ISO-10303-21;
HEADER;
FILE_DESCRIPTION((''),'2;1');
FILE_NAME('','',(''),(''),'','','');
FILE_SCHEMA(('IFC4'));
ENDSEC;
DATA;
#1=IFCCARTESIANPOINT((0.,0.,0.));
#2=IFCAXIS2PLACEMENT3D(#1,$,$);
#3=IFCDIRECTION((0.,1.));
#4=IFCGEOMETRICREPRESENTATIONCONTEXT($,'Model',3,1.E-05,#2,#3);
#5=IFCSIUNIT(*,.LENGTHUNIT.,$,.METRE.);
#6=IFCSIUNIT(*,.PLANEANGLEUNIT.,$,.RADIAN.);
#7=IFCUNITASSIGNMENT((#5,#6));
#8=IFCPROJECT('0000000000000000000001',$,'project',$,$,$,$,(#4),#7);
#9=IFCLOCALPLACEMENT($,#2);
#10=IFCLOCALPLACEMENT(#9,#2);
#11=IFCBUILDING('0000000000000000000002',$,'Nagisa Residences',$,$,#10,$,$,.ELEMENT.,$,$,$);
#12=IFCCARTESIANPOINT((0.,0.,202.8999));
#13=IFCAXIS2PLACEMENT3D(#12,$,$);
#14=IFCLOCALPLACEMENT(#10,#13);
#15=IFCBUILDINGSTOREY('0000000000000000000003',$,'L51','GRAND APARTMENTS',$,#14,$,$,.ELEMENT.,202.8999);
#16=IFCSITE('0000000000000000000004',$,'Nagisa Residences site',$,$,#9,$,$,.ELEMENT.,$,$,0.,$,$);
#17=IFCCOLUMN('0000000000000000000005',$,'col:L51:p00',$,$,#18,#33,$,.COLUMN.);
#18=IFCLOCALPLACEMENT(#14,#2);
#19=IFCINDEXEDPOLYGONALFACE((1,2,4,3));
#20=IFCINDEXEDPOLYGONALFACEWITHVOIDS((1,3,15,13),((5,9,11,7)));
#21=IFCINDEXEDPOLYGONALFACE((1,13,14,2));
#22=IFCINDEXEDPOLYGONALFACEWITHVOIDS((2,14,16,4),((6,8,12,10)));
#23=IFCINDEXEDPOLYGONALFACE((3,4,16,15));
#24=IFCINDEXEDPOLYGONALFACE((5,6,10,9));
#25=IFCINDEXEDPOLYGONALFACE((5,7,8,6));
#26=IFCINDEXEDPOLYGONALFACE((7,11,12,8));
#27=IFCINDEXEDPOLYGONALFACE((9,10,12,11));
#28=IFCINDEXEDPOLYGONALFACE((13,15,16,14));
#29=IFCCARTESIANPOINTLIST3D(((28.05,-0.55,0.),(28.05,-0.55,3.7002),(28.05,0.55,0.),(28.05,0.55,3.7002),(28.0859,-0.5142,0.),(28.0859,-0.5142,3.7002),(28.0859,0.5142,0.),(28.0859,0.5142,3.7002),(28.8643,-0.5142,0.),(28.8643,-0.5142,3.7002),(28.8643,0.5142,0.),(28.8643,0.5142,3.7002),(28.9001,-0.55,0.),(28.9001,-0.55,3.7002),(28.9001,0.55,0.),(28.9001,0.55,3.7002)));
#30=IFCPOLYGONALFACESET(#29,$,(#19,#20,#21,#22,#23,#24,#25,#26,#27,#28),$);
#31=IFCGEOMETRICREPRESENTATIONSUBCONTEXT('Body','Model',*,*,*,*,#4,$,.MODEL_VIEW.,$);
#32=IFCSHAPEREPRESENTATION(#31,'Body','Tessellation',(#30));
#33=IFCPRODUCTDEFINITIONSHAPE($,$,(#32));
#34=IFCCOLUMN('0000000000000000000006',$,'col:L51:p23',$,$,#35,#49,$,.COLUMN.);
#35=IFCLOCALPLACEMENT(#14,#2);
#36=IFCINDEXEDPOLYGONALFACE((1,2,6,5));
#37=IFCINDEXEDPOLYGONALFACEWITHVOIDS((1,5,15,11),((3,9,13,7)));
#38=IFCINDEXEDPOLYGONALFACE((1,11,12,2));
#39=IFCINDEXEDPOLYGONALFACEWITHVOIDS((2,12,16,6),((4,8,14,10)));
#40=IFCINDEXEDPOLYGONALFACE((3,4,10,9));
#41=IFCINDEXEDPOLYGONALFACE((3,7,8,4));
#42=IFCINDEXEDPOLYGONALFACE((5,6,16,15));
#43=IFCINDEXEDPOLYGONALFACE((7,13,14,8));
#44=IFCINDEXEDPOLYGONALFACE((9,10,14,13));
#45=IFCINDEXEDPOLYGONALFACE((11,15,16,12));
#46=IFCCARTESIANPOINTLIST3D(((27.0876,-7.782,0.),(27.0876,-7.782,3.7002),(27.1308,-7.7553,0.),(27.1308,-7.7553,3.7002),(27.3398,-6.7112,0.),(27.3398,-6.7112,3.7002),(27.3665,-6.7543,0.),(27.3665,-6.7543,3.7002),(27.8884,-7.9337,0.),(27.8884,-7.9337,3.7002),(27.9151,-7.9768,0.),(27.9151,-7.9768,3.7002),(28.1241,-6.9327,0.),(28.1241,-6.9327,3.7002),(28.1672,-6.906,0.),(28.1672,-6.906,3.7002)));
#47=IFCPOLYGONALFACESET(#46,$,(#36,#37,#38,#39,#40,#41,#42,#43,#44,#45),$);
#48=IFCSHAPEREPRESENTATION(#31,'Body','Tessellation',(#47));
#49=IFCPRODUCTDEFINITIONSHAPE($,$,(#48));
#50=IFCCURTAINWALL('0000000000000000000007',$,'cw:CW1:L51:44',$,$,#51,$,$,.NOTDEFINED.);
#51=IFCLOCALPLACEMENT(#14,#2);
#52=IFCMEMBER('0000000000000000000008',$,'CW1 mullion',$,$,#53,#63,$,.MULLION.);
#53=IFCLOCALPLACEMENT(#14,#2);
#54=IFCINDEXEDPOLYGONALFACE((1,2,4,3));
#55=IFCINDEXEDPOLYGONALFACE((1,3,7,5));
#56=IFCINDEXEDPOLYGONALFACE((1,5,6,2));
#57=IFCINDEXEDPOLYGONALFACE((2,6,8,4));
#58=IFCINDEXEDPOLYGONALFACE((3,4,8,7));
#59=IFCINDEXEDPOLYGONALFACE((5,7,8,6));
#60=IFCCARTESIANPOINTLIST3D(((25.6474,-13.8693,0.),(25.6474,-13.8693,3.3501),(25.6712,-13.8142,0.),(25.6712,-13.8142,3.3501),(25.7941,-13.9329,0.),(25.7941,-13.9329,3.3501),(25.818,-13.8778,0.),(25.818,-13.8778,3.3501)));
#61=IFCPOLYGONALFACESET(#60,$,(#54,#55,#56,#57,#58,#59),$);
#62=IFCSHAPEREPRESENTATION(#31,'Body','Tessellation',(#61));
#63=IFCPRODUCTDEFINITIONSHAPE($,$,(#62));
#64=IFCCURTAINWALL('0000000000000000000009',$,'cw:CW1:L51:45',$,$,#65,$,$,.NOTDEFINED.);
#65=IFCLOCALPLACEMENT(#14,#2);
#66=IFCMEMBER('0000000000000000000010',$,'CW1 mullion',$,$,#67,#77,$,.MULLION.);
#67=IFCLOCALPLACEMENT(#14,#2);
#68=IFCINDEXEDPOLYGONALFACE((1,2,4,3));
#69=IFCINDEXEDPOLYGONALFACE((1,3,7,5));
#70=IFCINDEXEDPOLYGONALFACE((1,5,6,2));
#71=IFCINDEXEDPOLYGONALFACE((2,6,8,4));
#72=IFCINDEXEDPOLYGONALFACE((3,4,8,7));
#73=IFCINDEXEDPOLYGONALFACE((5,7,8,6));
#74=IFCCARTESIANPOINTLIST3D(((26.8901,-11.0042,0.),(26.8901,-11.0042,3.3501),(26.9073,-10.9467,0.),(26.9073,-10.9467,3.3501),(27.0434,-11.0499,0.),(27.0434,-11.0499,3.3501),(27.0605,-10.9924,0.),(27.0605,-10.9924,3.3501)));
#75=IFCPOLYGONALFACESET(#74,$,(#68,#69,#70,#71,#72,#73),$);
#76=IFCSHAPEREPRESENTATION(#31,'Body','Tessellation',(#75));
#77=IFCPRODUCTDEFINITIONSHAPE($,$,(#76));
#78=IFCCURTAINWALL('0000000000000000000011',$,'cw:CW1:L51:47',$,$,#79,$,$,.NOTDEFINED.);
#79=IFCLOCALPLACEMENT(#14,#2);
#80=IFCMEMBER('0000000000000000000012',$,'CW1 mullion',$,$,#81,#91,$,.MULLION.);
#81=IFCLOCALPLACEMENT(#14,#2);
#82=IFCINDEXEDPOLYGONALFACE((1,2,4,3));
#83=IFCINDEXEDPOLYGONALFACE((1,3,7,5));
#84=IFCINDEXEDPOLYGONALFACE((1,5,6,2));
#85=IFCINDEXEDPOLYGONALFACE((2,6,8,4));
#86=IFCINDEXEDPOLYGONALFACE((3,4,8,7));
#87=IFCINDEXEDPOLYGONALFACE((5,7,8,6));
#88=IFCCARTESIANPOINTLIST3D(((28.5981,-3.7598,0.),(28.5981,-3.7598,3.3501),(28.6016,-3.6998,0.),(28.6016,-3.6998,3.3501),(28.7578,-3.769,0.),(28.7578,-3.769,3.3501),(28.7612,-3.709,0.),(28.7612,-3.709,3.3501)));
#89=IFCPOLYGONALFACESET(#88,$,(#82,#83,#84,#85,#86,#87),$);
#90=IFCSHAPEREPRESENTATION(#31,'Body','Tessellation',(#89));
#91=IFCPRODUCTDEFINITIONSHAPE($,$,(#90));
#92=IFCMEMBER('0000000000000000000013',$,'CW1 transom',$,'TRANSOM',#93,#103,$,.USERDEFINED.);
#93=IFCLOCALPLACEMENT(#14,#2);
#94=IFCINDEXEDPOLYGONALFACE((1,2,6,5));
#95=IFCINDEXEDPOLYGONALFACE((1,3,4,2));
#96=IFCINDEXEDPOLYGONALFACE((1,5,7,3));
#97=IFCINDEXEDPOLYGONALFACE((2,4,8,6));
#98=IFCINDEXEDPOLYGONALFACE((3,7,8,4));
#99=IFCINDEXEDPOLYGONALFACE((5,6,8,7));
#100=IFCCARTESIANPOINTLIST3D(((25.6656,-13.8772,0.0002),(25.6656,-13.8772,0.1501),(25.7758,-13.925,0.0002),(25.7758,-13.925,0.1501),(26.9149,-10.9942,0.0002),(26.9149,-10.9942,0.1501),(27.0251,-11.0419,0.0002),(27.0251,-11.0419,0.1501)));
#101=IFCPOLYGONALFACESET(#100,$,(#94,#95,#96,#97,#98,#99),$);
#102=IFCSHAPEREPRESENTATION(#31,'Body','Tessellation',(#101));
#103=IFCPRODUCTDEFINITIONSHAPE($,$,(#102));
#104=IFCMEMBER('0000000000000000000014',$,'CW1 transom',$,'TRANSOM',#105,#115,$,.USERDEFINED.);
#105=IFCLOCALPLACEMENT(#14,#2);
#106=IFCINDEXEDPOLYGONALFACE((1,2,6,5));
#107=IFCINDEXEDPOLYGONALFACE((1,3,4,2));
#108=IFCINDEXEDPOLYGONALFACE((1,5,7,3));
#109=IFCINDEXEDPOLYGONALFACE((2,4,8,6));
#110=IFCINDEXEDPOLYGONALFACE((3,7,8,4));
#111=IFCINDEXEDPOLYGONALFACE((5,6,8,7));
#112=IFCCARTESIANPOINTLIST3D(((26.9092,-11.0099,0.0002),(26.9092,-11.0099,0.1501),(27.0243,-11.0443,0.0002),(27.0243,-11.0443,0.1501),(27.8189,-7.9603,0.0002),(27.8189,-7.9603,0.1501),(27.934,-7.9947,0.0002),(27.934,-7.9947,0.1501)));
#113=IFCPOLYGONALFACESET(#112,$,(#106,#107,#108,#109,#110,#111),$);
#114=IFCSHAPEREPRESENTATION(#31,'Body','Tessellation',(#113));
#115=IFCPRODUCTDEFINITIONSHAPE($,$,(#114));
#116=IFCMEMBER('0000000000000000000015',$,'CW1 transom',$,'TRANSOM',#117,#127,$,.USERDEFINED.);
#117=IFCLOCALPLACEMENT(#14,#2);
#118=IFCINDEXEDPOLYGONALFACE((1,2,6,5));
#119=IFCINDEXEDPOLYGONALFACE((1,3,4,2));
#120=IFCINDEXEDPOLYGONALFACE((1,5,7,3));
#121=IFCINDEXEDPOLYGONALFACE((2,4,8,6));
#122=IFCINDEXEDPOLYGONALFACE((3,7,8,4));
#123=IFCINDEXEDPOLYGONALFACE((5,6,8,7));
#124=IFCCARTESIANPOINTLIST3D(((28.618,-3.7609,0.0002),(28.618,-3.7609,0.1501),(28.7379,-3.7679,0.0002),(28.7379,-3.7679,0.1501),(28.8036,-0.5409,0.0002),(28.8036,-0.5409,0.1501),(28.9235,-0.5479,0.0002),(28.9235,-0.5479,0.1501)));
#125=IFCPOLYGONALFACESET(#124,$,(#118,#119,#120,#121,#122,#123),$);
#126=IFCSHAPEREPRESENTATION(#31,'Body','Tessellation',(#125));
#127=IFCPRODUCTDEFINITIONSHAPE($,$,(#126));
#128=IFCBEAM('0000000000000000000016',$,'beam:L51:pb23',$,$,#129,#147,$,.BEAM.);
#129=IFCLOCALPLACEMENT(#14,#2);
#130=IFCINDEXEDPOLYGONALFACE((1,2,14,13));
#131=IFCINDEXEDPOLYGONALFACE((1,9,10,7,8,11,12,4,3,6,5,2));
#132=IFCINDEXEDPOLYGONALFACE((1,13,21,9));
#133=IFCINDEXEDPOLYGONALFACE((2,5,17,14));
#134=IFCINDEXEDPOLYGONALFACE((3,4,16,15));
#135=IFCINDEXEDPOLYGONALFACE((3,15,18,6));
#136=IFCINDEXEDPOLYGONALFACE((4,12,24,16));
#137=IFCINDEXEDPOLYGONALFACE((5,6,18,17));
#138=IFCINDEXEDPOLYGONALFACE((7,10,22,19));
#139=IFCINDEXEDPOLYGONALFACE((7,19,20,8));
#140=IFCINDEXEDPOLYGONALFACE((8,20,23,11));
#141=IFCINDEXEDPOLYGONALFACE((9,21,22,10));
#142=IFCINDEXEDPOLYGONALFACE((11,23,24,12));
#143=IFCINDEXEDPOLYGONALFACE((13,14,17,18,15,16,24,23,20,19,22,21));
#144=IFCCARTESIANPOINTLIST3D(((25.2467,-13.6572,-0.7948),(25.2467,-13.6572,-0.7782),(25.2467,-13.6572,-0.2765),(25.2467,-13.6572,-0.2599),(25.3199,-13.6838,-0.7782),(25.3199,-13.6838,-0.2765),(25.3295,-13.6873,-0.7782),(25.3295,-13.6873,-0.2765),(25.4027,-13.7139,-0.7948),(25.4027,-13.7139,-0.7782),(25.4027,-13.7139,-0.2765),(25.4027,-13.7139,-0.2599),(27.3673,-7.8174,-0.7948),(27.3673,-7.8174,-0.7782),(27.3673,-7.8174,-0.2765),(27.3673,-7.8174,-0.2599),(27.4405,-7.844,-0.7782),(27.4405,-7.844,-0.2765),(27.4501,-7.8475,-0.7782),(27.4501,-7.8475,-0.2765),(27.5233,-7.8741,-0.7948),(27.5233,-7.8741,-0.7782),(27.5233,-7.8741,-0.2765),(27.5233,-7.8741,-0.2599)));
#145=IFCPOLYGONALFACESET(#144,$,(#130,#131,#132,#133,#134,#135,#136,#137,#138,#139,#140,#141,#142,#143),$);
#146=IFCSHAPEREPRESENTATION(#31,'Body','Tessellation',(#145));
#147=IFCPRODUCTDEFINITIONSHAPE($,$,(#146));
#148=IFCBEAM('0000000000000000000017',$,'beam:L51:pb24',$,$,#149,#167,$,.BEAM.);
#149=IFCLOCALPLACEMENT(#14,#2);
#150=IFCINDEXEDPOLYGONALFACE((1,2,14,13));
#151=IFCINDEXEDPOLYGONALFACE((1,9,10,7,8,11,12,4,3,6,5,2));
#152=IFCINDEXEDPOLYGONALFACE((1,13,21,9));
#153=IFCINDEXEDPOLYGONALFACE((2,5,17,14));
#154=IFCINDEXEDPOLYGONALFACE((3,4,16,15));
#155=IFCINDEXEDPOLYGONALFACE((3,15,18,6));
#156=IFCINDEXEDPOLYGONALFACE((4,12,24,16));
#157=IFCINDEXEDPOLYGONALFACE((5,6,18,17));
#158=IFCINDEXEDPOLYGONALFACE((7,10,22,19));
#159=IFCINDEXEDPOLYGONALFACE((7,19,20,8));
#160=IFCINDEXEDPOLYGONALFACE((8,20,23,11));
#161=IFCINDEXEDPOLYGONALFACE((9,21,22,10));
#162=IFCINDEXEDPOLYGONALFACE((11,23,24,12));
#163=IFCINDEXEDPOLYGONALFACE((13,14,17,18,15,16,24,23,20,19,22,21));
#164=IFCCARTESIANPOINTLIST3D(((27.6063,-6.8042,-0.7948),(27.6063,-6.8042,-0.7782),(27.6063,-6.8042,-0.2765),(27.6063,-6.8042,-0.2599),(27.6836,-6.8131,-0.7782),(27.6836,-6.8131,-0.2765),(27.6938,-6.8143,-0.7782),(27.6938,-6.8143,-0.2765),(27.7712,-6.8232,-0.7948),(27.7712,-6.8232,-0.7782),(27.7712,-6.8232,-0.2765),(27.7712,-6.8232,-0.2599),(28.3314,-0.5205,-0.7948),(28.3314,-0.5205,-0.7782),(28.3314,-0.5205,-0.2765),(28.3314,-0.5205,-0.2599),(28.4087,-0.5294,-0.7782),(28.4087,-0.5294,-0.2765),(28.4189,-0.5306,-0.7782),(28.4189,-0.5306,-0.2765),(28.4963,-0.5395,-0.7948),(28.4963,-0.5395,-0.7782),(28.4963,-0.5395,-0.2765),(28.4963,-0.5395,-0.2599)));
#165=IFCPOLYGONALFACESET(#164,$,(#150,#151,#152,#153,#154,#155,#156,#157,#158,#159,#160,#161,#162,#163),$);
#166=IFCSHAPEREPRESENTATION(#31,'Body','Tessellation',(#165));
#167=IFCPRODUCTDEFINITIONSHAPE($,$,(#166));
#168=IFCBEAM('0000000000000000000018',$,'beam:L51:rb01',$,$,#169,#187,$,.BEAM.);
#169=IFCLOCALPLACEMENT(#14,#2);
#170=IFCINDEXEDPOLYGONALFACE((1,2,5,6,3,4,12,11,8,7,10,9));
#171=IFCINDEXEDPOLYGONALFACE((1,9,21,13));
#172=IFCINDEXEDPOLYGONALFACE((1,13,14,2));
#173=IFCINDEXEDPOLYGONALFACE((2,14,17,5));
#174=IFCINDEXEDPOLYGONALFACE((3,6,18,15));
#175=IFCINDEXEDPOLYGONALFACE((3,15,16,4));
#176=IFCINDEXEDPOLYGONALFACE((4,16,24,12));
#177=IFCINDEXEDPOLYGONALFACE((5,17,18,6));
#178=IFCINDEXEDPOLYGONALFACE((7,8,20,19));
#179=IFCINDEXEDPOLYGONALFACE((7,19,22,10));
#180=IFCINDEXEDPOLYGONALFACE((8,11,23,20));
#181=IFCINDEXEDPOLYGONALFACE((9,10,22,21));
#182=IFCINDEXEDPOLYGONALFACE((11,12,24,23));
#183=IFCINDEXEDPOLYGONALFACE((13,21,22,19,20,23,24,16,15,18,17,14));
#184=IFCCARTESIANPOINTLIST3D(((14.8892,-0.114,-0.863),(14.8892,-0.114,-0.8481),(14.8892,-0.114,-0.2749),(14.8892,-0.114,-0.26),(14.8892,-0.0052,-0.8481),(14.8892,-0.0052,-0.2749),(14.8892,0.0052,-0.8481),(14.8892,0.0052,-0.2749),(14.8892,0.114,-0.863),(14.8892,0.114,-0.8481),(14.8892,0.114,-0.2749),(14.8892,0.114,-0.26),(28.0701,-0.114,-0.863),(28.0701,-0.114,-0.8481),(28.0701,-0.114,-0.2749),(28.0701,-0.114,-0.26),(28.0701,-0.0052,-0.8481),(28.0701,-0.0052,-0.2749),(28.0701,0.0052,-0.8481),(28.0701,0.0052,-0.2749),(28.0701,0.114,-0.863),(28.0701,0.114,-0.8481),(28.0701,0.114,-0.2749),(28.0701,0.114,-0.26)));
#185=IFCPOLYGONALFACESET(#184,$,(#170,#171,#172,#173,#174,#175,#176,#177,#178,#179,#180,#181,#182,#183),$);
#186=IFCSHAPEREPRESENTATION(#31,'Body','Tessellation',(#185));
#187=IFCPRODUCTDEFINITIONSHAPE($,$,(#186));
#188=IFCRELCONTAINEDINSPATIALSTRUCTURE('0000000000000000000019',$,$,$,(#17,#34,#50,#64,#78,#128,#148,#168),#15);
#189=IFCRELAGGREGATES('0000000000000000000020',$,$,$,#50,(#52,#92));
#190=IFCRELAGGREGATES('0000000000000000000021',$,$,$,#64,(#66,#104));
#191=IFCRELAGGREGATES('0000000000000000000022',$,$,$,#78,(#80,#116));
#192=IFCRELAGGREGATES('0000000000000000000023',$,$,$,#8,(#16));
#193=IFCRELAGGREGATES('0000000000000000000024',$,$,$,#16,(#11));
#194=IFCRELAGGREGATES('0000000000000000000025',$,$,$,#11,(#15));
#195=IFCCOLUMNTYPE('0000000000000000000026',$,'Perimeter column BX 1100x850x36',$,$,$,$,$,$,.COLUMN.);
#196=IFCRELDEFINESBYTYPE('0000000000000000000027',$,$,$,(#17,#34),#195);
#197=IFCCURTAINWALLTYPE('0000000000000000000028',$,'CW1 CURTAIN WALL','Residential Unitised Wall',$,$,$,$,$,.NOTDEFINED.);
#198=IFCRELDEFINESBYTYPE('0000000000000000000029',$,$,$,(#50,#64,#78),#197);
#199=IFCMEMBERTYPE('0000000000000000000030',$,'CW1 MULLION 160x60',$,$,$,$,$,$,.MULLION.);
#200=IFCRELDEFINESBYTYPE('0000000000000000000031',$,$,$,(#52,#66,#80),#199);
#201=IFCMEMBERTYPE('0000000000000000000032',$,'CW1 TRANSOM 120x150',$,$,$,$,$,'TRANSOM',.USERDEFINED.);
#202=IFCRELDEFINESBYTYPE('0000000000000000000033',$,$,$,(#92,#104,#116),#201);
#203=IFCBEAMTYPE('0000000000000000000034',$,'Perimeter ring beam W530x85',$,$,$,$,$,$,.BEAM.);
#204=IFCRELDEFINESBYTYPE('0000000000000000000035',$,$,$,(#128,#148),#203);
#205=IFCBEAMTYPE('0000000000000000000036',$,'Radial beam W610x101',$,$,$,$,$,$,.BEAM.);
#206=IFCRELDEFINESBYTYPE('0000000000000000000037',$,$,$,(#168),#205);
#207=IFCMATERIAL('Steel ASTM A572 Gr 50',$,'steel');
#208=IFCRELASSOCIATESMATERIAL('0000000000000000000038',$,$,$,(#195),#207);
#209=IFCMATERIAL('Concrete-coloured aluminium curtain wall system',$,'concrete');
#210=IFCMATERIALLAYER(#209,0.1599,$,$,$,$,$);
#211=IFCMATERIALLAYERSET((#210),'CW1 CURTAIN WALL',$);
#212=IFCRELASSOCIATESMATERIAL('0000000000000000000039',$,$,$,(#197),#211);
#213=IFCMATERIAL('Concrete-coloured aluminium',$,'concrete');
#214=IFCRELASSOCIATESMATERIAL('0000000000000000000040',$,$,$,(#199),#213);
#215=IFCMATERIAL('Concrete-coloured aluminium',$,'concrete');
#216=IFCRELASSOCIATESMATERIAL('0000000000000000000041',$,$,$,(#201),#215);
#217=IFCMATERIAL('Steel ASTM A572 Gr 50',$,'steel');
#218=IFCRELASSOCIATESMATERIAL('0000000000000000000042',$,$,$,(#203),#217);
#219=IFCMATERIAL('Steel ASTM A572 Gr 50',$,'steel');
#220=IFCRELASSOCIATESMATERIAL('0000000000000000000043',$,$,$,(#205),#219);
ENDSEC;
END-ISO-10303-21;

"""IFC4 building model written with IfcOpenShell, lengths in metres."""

from ifc_helpers import new_model, si_unit, direction, frame, origin, origin_2d, place, context, subcontext, project, spatial, rectangle, hollow_rectangle, i_section, extrude, material, layer, layer_set, material_profile, profile_set, type_object, element, aggregate, save


model = new_model("IFC4")

# Units and contexts
model_context = context("Model", 3, precision=1e-05, world=origin(), true_north=direction((0.0, 1.0)))
body_context = subcontext(model_context, "Body", "Model", "MODEL_VIEW")
ifc_project = project(units=[si_unit("LENGTHUNIT", "METRE"), si_unit("PLANEANGLEUNIT", "RADIAN")], contexts=[model_context])

# Site, building, storey
site_placement = place(None, origin())
site = spatial("IfcSite", under=ifc_project, at=site_placement, Name="Nagisa Residences site", CompositionType="ELEMENT", RefElevation=0.0)
building_placement = place(site_placement, origin())
building = spatial("IfcBuilding", under=site, at=building_placement, Name="Nagisa Residences", CompositionType="ELEMENT")
storey_placement = place(building_placement, frame((0.0, 0.0, 202.8999)))
storey = spatial("IfcBuildingStorey", under=building, at=storey_placement, Name="L51", Description="GRAND APARTMENTS", CompositionType="ELEMENT", Elevation=202.8999)

# Columns
ifc_material_1 = material(Name="Steel ASTM A572 Gr 50", Category="steel")
ifc_material_profile_1 = material_profile(ifc_material_1, hollow_rectangle(XDim=1.1001, YDim=0.8501, WallThickness=0.0359, at=origin_2d()), Name="BX 1100x850x36")
ifc_profile_set_1 = profile_set([ifc_material_profile_1], Name="Steel ASTM A572 Gr 50")
column_type = type_object("IfcColumnType", Name="Perimeter column BX 1100x850x36", PredefinedType="COLUMN", material=ifc_profile_set_1)
for number, where, z_axis, x_axis, name in (
    (1, (28.4751, 0.0, 0.0), (0.0, 0.0, 1.0), (0.0, 1.0, 0.0), "col:L51:p00"),
    (2, (27.6274, -7.344, 0.0), (0.0, 0.0, 1.0), (0.229202, 0.973379, 0.0), "col:L51:p23"),
):
    element("IfcColumn", number, at=place(storey_placement, frame(where, z_axis=z_axis, x_axis=x_axis)), inside=storey, type_object=column_type, Name=name, PredefinedType="COLUMN", context=body_context, shape_type="SweptSolid", body=[
        extrude(hollow_rectangle(XDim=1.1001, YDim=0.8501, WallThickness=0.0359, at=origin_2d()), origin(), (0.0, 0.0, 1.0), 3.7002),
    ])

# Curtain walls, members
ifc_material_2 = material(Name="Concrete-coloured aluminium curtain wall system", Category="concrete")
ifc_layer_1 = layer(ifc_material_2, 0.1599)
ifc_layer_set_1 = layer_set([ifc_layer_1], Name="CW1 CURTAIN WALL")
curtain_wall_type = type_object("IfcCurtainWallType", Name="CW1 CURTAIN WALL", Description="Residential Unitised Wall", PredefinedType="NOTDEFINED", material=ifc_layer_set_1)
curtain_wall_1_placement = place(storey_placement, origin())
curtain_wall_1 = element("IfcCurtainWall", 3, at=curtain_wall_1_placement, inside=storey, type_object=curtain_wall_type, Name="cw:CW1:L51:44", PredefinedType="NOTDEFINED")
ifc_material_3 = material(Name="Concrete-coloured aluminium", Category="concrete")
ifc_material_profile_2 = material_profile(ifc_material_3, rectangle(XDim=0.1599, YDim=0.0601, at=origin_2d()), Name="CW1 MULLION 160x60")
ifc_profile_set_2 = profile_set([ifc_material_profile_2], Name="Concrete-coloured aluminium")
member_type_1 = type_object("IfcMemberType", Name="CW1 MULLION 160x60", PredefinedType="MULLION", material=ifc_profile_set_2)
member_1_placement = place(storey_placement, frame((25.7327, -13.8735, 0.0), z_axis=(0.0, 0.0, 1.0), x_axis=(-0.917543, 0.397636, 0.0)))
member_1 = element("IfcMember", 4, at=member_1_placement, type_object=member_type_1, Name="CW1 mullion", PredefinedType="MULLION", context=body_context, shape_type="SweptSolid", body=[
    extrude(rectangle(XDim=0.1599, YDim=0.0601, at=origin_2d()), origin(), (0.0, 0.0, 1.0), 3.3501),
])
curtain_wall_2_placement = place(storey_placement, origin())
curtain_wall_2 = element("IfcCurtainWall", 5, at=curtain_wall_2_placement, inside=storey, type_object=curtain_wall_type, Name="cw:CW1:L51:45", PredefinedType="NOTDEFINED")
member_2_placement = place(storey_placement, frame((26.9753, -10.9983, 0.0), z_axis=(0.0, 0.0, 1.0), x_axis=(-0.958271, 0.28586, 0.0)))
member_2 = element("IfcMember", 6, at=member_2_placement, type_object=member_type_1, Name="CW1 mullion", PredefinedType="MULLION", context=body_context, shape_type="SweptSolid", body=[
    extrude(rectangle(XDim=0.1599, YDim=0.0601, at=origin_2d()), origin(), (0.0, 0.0, 1.0), 3.3501),
])
curtain_wall_3_placement = place(storey_placement, origin())
curtain_wall_3 = element("IfcCurtainWall", 7, at=curtain_wall_3_placement, inside=storey, type_object=curtain_wall_type, Name="cw:CW1:L51:47", PredefinedType="NOTDEFINED")
member_3_placement = place(storey_placement, frame((28.6797, -3.7344, 0.0), z_axis=(0.0, 0.0, 1.0), x_axis=(-0.998345, 0.057503, 0.0)))
member_3 = element("IfcMember", 8, at=member_3_placement, type_object=member_type_1, Name="CW1 mullion", PredefinedType="MULLION", context=body_context, shape_type="SweptSolid", body=[
    extrude(rectangle(XDim=0.1599, YDim=0.0601, at=origin_2d()), origin(), (0.0, 0.0, 1.0), 3.3501),
])

# Members
ifc_material_4 = material(Name="Concrete-coloured aluminium", Category="concrete")
ifc_material_profile_3 = material_profile(ifc_material_4, rectangle(XDim=0.1201, YDim=0.1499, at=origin_2d()), Name="CW1 TRANSOM 120x150")
ifc_profile_set_3 = profile_set([ifc_material_profile_3], Name="Concrete-coloured aluminium")
member_type_2 = type_object("IfcMemberType", Name="CW1 TRANSOM 120x150", ElementType="TRANSOM", PredefinedType="USERDEFINED", material=ifc_profile_set_3)
member_4_placement = place(storey_placement, frame((25.7207, -13.9011, 0.0752), z_axis=(0.397592, 0.917562, 0.0), x_axis=(-0.917562, 0.397592, 0.0)))
member_4 = element("IfcMember", 9, at=member_4_placement, type_object=member_type_2, Name="CW1 transom", ObjectType="TRANSOM", PredefinedType="USERDEFINED", context=body_context, shape_type="SweptSolid", body=[
    extrude(rectangle(XDim=0.1201, YDim=0.1499, at=origin_2d()), origin(), (0.0, 0.0, 1.0), 3.1421),
])
member_5_placement = place(storey_placement, frame((26.9668, -11.0271, 0.0752), z_axis=(0.285848, 0.958275, 0.0), x_axis=(-0.958275, 0.285848, 0.0)))
member_5 = element("IfcMember", 10, at=member_5_placement, type_object=member_type_2, Name="CW1 transom", ObjectType="TRANSOM", PredefinedType="USERDEFINED", context=body_context, shape_type="SweptSolid", body=[
    extrude(rectangle(XDim=0.1201, YDim=0.1499, at=origin_2d()), origin(), (0.0, 0.0, 1.0), 3.1824),
])
member_6_placement = place(storey_placement, frame((28.678, -3.7644, 0.0752), z_axis=(0.057528, 0.998344, 0.0), x_axis=(-0.998344, 0.057528, 0.0)))
member_6 = element("IfcMember", 11, at=member_6_placement, type_object=member_type_2, Name="CW1 transom", ObjectType="TRANSOM", PredefinedType="USERDEFINED", context=body_context, shape_type="SweptSolid", body=[
    extrude(rectangle(XDim=0.1201, YDim=0.1499, at=origin_2d()), origin(), (0.0, 0.0, 1.0), 3.2253),
])

# Beams
ifc_material_5 = material(Name="Steel ASTM A572 Gr 50", Category="steel")
ifc_material_profile_4 = material_profile(ifc_material_5, i_section(OverallWidth=0.166, OverallDepth=0.5349, WebThickness=0.0103, FlangeThickness=0.0166, at=origin_2d()), Name="W530x85")
ifc_profile_set_4 = profile_set([ifc_material_profile_4], Name="Steel ASTM A572 Gr 50")
beam_type_1 = type_object("IfcBeamType", Name="Perimeter ring beam W530x85", PredefinedType="BEAM", material=ifc_profile_set_4)
beam_1_placement = place(storey_placement, frame((25.3247, -13.6855, -0.5273), z_axis=(0.34132, 0.939947, 0.0), x_axis=(-0.939947, 0.34132, 0.0)))
element("IfcBeam", 12, at=beam_1_placement, inside=storey, type_object=beam_type_1, Name="beam:L51:pb23", PredefinedType="BEAM", context=body_context, shape_type="SweptSolid", body=[
    extrude(i_section(OverallWidth=0.166, OverallDepth=0.5349, WebThickness=0.0103, FlangeThickness=0.0166, at=origin_2d()), origin(), (0.0, 0.0, 1.0), 6.2129),
])
beam_2_placement = place(storey_placement, frame((27.6887, -6.8137, -0.5273), z_axis=(0.114633, 0.993408, 0.0), x_axis=(-0.993408, 0.114633, 0.0)))
element("IfcBeam", 13, at=beam_2_placement, inside=storey, type_object=beam_type_1, Name="beam:L51:pb24", PredefinedType="BEAM", context=body_context, shape_type="SweptSolid", body=[
    extrude(i_section(OverallWidth=0.166, OverallDepth=0.5349, WebThickness=0.0103, FlangeThickness=0.0166, at=origin_2d()), origin(), (0.0, 0.0, 1.0), 6.3254),
])
ifc_material_6 = material(Name="Steel ASTM A572 Gr 50", Category="steel")
ifc_material_profile_5 = material_profile(ifc_material_6, i_section(OverallWidth=0.228, OverallDepth=0.603, WebThickness=0.0105, FlangeThickness=0.0149, at=origin_2d()), Name="W610x101")
ifc_profile_set_5 = profile_set([ifc_material_profile_5], Name="Steel ASTM A572 Gr 50")
beam_type_2 = type_object("IfcBeamType", Name="Radial beam W610x101", PredefinedType="BEAM", material=ifc_profile_set_5)
beam_3_placement = place(storey_placement, frame((28.0701, 0.0, -0.5615), z_axis=(-1.0, 0.0, 0.0), x_axis=(0.0, -1.0, 0.0)))
element("IfcBeam", 14, at=beam_3_placement, inside=storey, type_object=beam_type_2, Name="beam:L51:rb01", PredefinedType="BEAM", context=body_context, shape_type="SweptSolid", body=[
    extrude(i_section(OverallWidth=0.228, OverallDepth=0.603, WebThickness=0.0105, FlangeThickness=0.0149, at=origin_2d()), origin(), (0.0, 0.0, 1.0), 13.1809),
])

aggregate(curtain_wall_1, [member_1, member_4])
aggregate(curtain_wall_2, [member_2, member_5])
aggregate(curtain_wall_3, [member_3, member_6])

save(model, "model.ifc")
